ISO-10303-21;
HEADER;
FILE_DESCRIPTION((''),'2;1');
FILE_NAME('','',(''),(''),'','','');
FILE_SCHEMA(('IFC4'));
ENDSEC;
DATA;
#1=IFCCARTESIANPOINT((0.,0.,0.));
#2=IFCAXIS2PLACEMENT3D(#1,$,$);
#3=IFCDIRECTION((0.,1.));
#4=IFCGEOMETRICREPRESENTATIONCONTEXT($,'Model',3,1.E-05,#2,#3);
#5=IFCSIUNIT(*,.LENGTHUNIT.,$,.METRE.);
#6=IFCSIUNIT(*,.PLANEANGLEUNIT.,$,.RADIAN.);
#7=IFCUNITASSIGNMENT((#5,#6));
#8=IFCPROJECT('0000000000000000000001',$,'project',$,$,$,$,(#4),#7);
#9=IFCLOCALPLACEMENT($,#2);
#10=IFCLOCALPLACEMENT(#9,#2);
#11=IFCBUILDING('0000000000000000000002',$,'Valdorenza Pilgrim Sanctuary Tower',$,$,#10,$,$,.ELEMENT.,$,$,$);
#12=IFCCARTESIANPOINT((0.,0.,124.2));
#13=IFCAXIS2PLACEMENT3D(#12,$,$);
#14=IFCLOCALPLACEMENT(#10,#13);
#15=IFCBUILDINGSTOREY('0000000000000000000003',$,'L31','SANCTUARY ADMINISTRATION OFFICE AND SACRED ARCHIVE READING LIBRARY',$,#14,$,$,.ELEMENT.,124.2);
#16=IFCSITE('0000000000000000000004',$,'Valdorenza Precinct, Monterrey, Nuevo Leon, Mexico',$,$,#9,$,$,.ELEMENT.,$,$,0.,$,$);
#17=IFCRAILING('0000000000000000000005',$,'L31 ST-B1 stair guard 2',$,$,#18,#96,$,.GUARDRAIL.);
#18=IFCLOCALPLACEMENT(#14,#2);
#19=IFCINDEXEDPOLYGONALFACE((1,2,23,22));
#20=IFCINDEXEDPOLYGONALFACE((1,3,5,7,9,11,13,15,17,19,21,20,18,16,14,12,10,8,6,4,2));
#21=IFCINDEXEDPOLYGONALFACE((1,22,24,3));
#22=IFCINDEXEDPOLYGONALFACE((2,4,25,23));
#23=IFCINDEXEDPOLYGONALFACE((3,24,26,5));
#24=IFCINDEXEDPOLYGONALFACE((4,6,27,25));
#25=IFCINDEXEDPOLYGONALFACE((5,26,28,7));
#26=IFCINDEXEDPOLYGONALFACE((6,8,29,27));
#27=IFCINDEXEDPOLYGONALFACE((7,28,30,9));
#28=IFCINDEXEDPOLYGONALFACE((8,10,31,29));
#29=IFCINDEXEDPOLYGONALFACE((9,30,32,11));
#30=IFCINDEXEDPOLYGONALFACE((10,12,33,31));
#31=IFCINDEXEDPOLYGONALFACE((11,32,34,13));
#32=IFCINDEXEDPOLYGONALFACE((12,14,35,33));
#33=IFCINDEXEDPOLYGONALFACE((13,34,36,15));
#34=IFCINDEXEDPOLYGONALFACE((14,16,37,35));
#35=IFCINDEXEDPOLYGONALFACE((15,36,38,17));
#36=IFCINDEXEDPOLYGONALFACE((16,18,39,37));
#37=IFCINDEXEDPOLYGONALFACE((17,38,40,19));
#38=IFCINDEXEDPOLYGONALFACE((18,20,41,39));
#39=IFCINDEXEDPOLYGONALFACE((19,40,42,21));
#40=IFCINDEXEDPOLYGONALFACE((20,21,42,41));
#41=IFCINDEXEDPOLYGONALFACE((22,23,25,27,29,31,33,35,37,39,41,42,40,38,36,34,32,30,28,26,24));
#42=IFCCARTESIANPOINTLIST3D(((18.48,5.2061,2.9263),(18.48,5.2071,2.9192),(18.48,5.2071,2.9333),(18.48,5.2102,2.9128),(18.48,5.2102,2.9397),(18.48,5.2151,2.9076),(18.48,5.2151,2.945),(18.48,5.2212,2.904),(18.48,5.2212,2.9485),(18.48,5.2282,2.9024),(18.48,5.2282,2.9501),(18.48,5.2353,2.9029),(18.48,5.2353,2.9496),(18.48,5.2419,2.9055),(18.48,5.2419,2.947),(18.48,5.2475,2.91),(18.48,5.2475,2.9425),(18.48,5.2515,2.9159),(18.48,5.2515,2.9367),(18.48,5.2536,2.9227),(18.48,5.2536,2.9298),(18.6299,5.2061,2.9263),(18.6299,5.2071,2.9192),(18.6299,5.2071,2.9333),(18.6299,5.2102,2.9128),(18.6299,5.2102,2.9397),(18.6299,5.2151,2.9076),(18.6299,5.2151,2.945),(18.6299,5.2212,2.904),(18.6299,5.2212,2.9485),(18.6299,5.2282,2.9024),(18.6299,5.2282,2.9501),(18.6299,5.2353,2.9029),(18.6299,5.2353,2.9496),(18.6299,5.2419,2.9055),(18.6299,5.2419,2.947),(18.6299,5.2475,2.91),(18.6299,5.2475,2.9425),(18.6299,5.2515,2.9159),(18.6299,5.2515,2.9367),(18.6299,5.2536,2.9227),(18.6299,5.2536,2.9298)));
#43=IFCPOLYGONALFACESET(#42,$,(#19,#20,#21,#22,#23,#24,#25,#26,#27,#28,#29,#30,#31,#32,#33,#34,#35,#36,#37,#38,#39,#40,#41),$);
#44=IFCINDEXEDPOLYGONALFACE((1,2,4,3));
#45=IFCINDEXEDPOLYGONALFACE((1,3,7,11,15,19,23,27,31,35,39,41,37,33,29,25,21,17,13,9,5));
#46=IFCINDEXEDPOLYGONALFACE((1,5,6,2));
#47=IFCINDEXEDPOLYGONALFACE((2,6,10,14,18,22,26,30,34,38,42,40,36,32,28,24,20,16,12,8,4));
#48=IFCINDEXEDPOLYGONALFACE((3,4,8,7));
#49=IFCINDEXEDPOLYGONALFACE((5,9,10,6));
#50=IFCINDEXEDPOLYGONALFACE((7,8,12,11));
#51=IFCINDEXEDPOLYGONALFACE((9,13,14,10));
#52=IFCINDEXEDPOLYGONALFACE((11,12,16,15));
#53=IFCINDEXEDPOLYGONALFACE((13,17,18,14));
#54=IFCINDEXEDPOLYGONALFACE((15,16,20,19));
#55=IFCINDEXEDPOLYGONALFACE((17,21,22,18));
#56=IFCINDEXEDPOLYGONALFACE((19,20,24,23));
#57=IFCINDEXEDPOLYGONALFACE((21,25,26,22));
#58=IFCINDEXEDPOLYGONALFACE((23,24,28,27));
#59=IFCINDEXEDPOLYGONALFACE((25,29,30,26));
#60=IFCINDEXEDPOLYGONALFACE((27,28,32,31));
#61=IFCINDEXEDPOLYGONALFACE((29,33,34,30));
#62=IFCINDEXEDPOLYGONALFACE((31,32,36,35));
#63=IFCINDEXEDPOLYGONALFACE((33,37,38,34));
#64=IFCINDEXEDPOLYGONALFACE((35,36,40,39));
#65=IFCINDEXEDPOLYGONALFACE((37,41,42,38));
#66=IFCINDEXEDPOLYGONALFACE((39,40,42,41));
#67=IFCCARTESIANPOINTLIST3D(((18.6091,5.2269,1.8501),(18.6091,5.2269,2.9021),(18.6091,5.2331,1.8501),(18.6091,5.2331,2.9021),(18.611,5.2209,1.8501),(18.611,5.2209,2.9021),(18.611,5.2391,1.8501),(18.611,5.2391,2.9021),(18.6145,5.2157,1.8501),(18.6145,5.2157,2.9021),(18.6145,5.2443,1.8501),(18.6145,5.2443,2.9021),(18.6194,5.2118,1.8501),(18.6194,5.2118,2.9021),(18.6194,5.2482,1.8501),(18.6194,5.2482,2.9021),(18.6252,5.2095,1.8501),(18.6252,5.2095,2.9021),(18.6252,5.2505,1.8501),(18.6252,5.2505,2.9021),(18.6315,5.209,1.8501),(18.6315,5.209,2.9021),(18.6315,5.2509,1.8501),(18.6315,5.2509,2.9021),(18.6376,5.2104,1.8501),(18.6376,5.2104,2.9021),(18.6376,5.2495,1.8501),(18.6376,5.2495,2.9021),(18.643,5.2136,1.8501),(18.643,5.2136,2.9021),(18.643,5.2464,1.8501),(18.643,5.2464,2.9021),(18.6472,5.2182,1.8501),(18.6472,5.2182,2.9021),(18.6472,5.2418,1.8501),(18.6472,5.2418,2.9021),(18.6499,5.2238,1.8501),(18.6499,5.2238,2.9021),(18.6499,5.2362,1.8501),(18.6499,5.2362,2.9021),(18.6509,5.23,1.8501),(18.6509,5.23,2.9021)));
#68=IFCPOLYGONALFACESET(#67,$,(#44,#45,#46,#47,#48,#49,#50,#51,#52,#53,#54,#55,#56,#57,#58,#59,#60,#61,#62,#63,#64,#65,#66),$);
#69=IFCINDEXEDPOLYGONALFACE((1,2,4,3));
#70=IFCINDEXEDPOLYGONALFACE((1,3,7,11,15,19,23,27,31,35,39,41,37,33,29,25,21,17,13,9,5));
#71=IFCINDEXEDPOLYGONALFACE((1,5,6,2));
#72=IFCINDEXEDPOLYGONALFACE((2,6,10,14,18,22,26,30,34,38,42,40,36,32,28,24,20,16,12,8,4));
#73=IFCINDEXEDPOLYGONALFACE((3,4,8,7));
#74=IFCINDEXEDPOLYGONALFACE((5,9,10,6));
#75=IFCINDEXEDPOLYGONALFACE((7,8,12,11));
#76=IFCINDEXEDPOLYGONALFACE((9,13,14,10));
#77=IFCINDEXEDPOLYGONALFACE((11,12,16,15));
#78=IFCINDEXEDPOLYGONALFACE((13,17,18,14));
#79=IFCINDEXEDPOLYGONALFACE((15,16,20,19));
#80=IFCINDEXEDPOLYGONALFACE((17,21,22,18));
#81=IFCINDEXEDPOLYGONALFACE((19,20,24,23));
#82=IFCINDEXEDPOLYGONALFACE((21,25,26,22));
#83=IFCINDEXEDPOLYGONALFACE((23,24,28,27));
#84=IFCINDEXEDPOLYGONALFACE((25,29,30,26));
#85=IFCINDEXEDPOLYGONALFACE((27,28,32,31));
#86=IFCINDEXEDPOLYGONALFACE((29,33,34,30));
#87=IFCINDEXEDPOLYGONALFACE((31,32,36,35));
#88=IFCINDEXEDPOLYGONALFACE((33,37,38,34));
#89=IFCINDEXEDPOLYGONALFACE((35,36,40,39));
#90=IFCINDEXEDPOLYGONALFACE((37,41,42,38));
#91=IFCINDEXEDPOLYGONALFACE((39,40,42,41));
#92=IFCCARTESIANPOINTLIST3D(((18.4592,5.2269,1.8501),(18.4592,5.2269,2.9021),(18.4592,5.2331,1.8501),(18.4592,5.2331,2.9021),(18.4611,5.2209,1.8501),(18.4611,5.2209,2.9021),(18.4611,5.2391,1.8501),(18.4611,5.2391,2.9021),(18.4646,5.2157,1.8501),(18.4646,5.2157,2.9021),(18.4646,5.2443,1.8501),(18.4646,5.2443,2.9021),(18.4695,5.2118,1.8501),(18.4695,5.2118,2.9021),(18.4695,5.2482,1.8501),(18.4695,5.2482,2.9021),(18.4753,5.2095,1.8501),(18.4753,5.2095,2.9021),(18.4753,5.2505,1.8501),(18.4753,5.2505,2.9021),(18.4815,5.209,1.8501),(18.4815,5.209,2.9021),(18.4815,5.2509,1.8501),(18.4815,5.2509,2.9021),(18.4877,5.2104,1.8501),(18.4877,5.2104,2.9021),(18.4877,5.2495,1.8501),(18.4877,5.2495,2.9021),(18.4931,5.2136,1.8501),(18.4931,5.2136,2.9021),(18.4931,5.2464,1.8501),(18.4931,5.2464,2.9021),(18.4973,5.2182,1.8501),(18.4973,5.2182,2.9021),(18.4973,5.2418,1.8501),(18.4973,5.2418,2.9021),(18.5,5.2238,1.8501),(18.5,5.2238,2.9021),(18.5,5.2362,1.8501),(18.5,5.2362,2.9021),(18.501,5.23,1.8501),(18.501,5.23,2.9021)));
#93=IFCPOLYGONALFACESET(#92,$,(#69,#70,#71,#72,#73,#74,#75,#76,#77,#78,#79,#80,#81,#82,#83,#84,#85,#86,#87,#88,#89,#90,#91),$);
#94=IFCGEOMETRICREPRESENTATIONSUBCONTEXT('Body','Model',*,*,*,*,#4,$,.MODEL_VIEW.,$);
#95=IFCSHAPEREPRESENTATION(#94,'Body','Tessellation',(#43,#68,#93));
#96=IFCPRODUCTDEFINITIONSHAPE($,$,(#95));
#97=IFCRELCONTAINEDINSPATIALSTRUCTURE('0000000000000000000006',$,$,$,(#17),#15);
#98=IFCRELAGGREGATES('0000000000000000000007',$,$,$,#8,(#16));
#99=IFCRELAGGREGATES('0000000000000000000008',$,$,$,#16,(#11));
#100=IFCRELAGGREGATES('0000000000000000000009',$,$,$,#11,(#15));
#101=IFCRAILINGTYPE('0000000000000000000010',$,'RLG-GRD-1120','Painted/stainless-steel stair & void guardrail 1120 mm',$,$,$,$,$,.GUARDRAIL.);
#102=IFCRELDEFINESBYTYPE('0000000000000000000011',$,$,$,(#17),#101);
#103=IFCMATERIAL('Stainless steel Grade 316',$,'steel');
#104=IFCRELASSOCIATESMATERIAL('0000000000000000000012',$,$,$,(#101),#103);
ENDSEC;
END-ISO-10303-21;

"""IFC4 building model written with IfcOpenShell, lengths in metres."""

from ifc_helpers import new_model, si_unit, direction, frame, origin, origin_2d, place, context, subcontext, project, spatial, circle, extrude, material, type_object, element, save


model = new_model("IFC4")

# Units and contexts
model_context = context("Model", 3, precision=1e-05, world=origin(), true_north=direction((0.0, 1.0)))
body_context = subcontext(model_context, "Body", "Model", "MODEL_VIEW")
ifc_project = project(units=[si_unit("LENGTHUNIT", "METRE"), si_unit("PLANEANGLEUNIT", "RADIAN")], contexts=[model_context])

# Site, building, storey
site_placement = place(None, origin())
site = spatial("IfcSite", under=ifc_project, at=site_placement, Name="Valdorenza Precinct, Monterrey, Nuevo Leon, Mexico", CompositionType="ELEMENT", RefElevation=0.0)
building_placement = place(site_placement, origin())
building = spatial("IfcBuilding", under=site, at=building_placement, Name="Valdorenza Pilgrim Sanctuary Tower", CompositionType="ELEMENT")
storey_placement = place(building_placement, frame((0.0, 0.0, 124.2)))
storey = spatial("IfcBuildingStorey", under=building, at=storey_placement, Name="L31", Description="SANCTUARY ADMINISTRATION OFFICE AND SACRED ARCHIVE READING LIBRARY", CompositionType="ELEMENT", Elevation=124.2)

# Railing
ifc_material_1 = material(Name="Stainless steel Grade 316", Category="steel")
railing_type_1 = type_object("IfcRailingType", Name="RLG-GRD-1120", Description="Painted/stainless-steel stair & void guardrail 1120 mm", PredefinedType="GUARDRAIL", material=ifc_material_1)
railing_1_placement = place(storey_placement, frame((18.6299, 5.23, 1.8501)))
element("IfcRailing", 1, at=railing_1_placement, inside=storey, type_object=railing_type_1, Name="L31 ST-B1 stair guard 2", PredefinedType="GUARDRAIL", context=body_context, shape_type="SweptSolid", body=[
    extrude(circle(Radius=0.0239, at=origin_2d()), frame((0.0, 0.0, 1.0762), z_axis=(-1.0, 0.0, 0.0), x_axis=(0.0, -1.0, 0.0)), (0.0, 0.0, 1.0), 0.1499),
    extrude(circle(Radius=0.021, at=origin_2d()), origin(), (0.0, 0.0, 1.0), 1.052),
    extrude(circle(Radius=0.021, at=origin_2d()), frame((-0.1499, 0.0, 0.0)), (0.0, 0.0, 1.0), 1.052),
])

save(model, "model.ifc")
